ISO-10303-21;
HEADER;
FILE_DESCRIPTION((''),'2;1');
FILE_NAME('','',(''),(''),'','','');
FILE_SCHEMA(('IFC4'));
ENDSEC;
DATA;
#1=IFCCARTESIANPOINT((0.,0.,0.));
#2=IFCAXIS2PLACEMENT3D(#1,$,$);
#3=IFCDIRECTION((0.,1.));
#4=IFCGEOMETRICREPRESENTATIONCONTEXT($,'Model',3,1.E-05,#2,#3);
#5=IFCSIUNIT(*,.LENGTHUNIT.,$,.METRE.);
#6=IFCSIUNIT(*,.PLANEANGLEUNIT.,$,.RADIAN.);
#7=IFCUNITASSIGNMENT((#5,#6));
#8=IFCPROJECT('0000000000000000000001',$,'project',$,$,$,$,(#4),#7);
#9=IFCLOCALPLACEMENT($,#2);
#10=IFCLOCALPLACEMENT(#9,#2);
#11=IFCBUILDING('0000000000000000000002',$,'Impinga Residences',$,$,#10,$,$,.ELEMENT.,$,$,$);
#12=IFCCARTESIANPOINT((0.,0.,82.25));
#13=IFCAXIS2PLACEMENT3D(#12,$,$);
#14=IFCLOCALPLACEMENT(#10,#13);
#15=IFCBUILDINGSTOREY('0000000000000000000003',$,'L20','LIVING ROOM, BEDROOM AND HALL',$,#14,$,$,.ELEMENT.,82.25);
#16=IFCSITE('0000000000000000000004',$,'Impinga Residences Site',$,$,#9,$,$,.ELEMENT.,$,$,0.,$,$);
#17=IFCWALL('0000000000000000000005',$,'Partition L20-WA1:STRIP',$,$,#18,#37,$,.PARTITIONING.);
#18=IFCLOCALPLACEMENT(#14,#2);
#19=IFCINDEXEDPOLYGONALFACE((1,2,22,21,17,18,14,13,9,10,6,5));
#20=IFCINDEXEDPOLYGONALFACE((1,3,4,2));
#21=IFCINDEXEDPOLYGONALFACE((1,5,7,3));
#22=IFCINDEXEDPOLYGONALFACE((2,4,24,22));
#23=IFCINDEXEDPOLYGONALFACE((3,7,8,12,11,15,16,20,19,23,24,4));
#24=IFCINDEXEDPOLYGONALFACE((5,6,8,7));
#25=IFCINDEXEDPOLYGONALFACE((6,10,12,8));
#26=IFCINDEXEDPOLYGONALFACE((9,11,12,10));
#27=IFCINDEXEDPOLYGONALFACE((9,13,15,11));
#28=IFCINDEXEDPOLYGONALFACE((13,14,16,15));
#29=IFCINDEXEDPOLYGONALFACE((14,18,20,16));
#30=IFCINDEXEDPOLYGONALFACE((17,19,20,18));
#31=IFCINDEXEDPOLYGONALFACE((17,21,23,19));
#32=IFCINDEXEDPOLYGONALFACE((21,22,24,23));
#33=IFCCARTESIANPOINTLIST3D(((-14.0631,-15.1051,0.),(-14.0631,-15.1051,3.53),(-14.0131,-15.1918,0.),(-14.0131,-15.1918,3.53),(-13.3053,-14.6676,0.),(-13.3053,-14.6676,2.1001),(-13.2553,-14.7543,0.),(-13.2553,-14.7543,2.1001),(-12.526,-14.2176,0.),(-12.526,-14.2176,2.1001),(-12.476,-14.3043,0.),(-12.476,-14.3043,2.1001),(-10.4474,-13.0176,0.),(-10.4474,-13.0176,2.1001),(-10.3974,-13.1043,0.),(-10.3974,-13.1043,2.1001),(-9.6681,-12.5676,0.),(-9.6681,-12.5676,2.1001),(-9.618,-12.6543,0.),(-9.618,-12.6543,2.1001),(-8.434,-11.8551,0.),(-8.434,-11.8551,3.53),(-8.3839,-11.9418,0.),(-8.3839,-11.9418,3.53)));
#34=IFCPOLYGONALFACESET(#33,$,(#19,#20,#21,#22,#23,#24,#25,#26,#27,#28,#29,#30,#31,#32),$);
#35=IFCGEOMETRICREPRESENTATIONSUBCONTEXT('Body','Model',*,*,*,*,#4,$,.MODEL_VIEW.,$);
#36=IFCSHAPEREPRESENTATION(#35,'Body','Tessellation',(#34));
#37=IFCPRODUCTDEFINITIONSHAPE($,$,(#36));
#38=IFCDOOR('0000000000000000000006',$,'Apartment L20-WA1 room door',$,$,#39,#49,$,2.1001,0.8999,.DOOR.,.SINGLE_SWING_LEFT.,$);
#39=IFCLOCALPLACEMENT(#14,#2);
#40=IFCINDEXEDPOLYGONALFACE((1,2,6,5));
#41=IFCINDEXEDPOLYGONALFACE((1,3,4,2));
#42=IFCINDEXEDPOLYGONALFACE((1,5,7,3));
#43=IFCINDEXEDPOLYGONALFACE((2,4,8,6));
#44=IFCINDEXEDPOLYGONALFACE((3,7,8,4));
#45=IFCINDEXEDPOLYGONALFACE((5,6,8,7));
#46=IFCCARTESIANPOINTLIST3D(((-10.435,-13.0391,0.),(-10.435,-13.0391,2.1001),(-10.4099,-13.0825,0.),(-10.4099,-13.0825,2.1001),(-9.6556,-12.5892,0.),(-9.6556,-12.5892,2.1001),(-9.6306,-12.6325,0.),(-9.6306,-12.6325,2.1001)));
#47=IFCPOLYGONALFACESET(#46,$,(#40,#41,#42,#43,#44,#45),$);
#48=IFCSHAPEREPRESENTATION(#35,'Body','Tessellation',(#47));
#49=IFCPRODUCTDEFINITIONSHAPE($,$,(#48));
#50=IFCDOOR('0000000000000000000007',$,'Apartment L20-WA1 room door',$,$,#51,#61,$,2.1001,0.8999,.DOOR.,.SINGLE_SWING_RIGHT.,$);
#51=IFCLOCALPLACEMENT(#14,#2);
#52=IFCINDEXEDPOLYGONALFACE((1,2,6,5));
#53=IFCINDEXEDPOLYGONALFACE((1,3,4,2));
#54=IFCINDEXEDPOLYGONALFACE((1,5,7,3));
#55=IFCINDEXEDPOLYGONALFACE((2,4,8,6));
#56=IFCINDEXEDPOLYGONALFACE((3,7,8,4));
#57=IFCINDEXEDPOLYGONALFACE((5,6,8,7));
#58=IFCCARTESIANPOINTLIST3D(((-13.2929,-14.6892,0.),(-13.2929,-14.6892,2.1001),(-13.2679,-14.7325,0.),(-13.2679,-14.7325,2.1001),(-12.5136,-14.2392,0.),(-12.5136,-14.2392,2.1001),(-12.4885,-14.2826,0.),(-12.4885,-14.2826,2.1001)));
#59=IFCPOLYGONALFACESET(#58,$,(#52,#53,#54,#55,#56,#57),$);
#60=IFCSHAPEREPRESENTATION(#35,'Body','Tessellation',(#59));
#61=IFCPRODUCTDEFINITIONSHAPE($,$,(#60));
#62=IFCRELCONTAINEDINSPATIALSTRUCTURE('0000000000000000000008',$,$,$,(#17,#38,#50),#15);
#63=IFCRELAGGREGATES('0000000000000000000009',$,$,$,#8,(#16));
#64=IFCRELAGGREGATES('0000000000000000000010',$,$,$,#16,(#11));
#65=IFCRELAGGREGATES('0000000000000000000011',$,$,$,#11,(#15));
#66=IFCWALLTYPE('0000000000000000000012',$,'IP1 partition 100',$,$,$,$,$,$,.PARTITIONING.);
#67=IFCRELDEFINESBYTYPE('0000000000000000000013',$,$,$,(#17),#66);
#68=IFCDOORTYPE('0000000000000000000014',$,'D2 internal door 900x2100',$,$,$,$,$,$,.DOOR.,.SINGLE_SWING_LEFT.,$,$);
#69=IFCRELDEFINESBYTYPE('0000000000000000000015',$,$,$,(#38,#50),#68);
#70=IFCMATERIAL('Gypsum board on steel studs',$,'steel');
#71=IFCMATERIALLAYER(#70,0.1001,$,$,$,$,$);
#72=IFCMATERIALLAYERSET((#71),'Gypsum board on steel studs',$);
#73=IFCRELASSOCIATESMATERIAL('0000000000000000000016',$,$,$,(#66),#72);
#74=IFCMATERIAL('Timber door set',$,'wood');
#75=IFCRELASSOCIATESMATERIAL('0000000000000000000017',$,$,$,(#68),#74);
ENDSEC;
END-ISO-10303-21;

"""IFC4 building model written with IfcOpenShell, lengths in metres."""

from ifc_helpers import new_model, si_unit, direction, frame, frame_2d, origin, place, context, subcontext, project, spatial, rectangle, extrude, material, layer, layer_set, type_object, element, fill, save


model = new_model("IFC4")

# Units and contexts
model_context = context("Model", 3, precision=1e-05, world=origin(), true_north=direction((0.0, 1.0)))
body_context = subcontext(model_context, "Body", "Model", "MODEL_VIEW")
ifc_project = project(units=[si_unit("LENGTHUNIT", "METRE"), si_unit("PLANEANGLEUNIT", "RADIAN")], contexts=[model_context])

# Site, building, storey
site_placement = place(None, origin())
site = spatial("IfcSite", under=ifc_project, at=site_placement, Name="Impinga Residences Site", CompositionType="ELEMENT", RefElevation=0.0)
building_placement = place(site_placement, origin())
building = spatial("IfcBuilding", under=site, at=building_placement, Name="Impinga Residences", CompositionType="ELEMENT")
storey_placement = place(building_placement, frame((0.0, 0.0, 82.25)))
storey = spatial("IfcBuildingStorey", under=building, at=storey_placement, Name="L20", Description="LIVING ROOM, BEDROOM AND HALL", CompositionType="ELEMENT", Elevation=82.25)

# Wall, openings, doors
ifc_material_1 = material(Name="Gypsum board on steel studs", Category="steel")
ifc_layer_1 = layer(ifc_material_1, 0.1001)
ifc_layer_set_1 = layer_set([ifc_layer_1], Name="Gypsum board on steel studs")
wall_type_1 = type_object("IfcWallType", Name="IP1 partition 100", PredefinedType="PARTITIONING", material=ifc_layer_set_1)
wall_1_placement = place(storey_placement, frame((-8.4089, -11.8984, 0.0), z_axis=(0.0, 0.0, 1.0), x_axis=(-0.866025, -0.500001, 0.0)))
wall_1 = element("IfcWall", 1, at=wall_1_placement, inside=storey, type_object=wall_type_1, Name="Partition L20-WA1:STRIP", PredefinedType="PARTITIONING", context=body_context, shape_type="SweptSolid", body=[
    extrude(rectangle(XDim=6.5, YDim=0.1001, at=frame_2d((3.25, 0.0))), origin(), (0.0, 0.0, 1.0), 3.53),
])
opening_1_placement = place(wall_1_placement, frame((1.425, 0.0, 0.0)))
opening_1 = element("IfcOpeningElement", 2, at=opening_1_placement, cuts=wall_1, PredefinedType="OPENING", context=body_context, shape_type="SweptSolid", body=[
    extrude(rectangle(XDim=0.8999, YDim=2.1001, at=frame_2d((0.45, 1.05))), frame((0.0, 0.0601, 0.0), z_axis=(0.0, -1.0, 0.0), x_axis=(1.0, 0.0, 0.0)), (0.0, 0.0, 1.0), 0.1201),
])
opening_2_placement = place(wall_1_placement, frame((4.7251, 0.0, 0.0)))
opening_2 = element("IfcOpeningElement", 3, at=opening_2_placement, cuts=wall_1, PredefinedType="OPENING", context=body_context, shape_type="SweptSolid", body=[
    extrude(rectangle(XDim=0.8999, YDim=2.1001, at=frame_2d((0.45, 1.05))), frame((0.0, 0.0601, 0.0), z_axis=(0.0, -1.0, 0.0), x_axis=(1.0, 0.0, 0.0)), (0.0, 0.0, 1.0), 0.1201),
])
ifc_material_2 = material(Name="Timber door set", Category="wood")
door_type = type_object("IfcDoorType", Name="D2 internal door 900x2100", OperationType="SINGLE_SWING_LEFT", PredefinedType="DOOR", material=ifc_material_2)
door_1_placement = place(opening_1_placement, origin())
door_1 = element("IfcDoor", 4, at=door_1_placement, inside=storey, type_object=door_type, Name="Apartment L20-WA1 room door", OperationType="SINGLE_SWING_LEFT", OverallHeight=2.1001, OverallWidth=0.8999, PredefinedType="DOOR", context=body_context, shape_type="SweptSolid", body=[
    extrude(rectangle(XDim=0.8999, YDim=2.1001, at=frame_2d((0.45, 1.05))), frame((0.0, 0.0249, 0.0), z_axis=(0.0, -1.0, 0.0), x_axis=(1.0, 0.0, 0.0)), (0.0, 0.0, 1.0), 0.05),
])
fill(opening_1, door_1)
door_2_placement = place(opening_2_placement, origin())
door_2 = element("IfcDoor", 5, at=door_2_placement, inside=storey, type_object=door_type, Name="Apartment L20-WA1 room door", OperationType="SINGLE_SWING_RIGHT", OverallHeight=2.1001, OverallWidth=0.8999, PredefinedType="DOOR", context=body_context, shape_type="SweptSolid", body=[
    extrude(rectangle(XDim=0.8999, YDim=2.1001, at=frame_2d((0.45, 1.05))), frame((0.0, 0.0249, 0.0), z_axis=(0.0, -1.0, 0.0), x_axis=(1.0, 0.0, 0.0)), (0.0, 0.0, 1.0), 0.05),
])
fill(opening_2, door_2)

save(model, "model.ifc")
